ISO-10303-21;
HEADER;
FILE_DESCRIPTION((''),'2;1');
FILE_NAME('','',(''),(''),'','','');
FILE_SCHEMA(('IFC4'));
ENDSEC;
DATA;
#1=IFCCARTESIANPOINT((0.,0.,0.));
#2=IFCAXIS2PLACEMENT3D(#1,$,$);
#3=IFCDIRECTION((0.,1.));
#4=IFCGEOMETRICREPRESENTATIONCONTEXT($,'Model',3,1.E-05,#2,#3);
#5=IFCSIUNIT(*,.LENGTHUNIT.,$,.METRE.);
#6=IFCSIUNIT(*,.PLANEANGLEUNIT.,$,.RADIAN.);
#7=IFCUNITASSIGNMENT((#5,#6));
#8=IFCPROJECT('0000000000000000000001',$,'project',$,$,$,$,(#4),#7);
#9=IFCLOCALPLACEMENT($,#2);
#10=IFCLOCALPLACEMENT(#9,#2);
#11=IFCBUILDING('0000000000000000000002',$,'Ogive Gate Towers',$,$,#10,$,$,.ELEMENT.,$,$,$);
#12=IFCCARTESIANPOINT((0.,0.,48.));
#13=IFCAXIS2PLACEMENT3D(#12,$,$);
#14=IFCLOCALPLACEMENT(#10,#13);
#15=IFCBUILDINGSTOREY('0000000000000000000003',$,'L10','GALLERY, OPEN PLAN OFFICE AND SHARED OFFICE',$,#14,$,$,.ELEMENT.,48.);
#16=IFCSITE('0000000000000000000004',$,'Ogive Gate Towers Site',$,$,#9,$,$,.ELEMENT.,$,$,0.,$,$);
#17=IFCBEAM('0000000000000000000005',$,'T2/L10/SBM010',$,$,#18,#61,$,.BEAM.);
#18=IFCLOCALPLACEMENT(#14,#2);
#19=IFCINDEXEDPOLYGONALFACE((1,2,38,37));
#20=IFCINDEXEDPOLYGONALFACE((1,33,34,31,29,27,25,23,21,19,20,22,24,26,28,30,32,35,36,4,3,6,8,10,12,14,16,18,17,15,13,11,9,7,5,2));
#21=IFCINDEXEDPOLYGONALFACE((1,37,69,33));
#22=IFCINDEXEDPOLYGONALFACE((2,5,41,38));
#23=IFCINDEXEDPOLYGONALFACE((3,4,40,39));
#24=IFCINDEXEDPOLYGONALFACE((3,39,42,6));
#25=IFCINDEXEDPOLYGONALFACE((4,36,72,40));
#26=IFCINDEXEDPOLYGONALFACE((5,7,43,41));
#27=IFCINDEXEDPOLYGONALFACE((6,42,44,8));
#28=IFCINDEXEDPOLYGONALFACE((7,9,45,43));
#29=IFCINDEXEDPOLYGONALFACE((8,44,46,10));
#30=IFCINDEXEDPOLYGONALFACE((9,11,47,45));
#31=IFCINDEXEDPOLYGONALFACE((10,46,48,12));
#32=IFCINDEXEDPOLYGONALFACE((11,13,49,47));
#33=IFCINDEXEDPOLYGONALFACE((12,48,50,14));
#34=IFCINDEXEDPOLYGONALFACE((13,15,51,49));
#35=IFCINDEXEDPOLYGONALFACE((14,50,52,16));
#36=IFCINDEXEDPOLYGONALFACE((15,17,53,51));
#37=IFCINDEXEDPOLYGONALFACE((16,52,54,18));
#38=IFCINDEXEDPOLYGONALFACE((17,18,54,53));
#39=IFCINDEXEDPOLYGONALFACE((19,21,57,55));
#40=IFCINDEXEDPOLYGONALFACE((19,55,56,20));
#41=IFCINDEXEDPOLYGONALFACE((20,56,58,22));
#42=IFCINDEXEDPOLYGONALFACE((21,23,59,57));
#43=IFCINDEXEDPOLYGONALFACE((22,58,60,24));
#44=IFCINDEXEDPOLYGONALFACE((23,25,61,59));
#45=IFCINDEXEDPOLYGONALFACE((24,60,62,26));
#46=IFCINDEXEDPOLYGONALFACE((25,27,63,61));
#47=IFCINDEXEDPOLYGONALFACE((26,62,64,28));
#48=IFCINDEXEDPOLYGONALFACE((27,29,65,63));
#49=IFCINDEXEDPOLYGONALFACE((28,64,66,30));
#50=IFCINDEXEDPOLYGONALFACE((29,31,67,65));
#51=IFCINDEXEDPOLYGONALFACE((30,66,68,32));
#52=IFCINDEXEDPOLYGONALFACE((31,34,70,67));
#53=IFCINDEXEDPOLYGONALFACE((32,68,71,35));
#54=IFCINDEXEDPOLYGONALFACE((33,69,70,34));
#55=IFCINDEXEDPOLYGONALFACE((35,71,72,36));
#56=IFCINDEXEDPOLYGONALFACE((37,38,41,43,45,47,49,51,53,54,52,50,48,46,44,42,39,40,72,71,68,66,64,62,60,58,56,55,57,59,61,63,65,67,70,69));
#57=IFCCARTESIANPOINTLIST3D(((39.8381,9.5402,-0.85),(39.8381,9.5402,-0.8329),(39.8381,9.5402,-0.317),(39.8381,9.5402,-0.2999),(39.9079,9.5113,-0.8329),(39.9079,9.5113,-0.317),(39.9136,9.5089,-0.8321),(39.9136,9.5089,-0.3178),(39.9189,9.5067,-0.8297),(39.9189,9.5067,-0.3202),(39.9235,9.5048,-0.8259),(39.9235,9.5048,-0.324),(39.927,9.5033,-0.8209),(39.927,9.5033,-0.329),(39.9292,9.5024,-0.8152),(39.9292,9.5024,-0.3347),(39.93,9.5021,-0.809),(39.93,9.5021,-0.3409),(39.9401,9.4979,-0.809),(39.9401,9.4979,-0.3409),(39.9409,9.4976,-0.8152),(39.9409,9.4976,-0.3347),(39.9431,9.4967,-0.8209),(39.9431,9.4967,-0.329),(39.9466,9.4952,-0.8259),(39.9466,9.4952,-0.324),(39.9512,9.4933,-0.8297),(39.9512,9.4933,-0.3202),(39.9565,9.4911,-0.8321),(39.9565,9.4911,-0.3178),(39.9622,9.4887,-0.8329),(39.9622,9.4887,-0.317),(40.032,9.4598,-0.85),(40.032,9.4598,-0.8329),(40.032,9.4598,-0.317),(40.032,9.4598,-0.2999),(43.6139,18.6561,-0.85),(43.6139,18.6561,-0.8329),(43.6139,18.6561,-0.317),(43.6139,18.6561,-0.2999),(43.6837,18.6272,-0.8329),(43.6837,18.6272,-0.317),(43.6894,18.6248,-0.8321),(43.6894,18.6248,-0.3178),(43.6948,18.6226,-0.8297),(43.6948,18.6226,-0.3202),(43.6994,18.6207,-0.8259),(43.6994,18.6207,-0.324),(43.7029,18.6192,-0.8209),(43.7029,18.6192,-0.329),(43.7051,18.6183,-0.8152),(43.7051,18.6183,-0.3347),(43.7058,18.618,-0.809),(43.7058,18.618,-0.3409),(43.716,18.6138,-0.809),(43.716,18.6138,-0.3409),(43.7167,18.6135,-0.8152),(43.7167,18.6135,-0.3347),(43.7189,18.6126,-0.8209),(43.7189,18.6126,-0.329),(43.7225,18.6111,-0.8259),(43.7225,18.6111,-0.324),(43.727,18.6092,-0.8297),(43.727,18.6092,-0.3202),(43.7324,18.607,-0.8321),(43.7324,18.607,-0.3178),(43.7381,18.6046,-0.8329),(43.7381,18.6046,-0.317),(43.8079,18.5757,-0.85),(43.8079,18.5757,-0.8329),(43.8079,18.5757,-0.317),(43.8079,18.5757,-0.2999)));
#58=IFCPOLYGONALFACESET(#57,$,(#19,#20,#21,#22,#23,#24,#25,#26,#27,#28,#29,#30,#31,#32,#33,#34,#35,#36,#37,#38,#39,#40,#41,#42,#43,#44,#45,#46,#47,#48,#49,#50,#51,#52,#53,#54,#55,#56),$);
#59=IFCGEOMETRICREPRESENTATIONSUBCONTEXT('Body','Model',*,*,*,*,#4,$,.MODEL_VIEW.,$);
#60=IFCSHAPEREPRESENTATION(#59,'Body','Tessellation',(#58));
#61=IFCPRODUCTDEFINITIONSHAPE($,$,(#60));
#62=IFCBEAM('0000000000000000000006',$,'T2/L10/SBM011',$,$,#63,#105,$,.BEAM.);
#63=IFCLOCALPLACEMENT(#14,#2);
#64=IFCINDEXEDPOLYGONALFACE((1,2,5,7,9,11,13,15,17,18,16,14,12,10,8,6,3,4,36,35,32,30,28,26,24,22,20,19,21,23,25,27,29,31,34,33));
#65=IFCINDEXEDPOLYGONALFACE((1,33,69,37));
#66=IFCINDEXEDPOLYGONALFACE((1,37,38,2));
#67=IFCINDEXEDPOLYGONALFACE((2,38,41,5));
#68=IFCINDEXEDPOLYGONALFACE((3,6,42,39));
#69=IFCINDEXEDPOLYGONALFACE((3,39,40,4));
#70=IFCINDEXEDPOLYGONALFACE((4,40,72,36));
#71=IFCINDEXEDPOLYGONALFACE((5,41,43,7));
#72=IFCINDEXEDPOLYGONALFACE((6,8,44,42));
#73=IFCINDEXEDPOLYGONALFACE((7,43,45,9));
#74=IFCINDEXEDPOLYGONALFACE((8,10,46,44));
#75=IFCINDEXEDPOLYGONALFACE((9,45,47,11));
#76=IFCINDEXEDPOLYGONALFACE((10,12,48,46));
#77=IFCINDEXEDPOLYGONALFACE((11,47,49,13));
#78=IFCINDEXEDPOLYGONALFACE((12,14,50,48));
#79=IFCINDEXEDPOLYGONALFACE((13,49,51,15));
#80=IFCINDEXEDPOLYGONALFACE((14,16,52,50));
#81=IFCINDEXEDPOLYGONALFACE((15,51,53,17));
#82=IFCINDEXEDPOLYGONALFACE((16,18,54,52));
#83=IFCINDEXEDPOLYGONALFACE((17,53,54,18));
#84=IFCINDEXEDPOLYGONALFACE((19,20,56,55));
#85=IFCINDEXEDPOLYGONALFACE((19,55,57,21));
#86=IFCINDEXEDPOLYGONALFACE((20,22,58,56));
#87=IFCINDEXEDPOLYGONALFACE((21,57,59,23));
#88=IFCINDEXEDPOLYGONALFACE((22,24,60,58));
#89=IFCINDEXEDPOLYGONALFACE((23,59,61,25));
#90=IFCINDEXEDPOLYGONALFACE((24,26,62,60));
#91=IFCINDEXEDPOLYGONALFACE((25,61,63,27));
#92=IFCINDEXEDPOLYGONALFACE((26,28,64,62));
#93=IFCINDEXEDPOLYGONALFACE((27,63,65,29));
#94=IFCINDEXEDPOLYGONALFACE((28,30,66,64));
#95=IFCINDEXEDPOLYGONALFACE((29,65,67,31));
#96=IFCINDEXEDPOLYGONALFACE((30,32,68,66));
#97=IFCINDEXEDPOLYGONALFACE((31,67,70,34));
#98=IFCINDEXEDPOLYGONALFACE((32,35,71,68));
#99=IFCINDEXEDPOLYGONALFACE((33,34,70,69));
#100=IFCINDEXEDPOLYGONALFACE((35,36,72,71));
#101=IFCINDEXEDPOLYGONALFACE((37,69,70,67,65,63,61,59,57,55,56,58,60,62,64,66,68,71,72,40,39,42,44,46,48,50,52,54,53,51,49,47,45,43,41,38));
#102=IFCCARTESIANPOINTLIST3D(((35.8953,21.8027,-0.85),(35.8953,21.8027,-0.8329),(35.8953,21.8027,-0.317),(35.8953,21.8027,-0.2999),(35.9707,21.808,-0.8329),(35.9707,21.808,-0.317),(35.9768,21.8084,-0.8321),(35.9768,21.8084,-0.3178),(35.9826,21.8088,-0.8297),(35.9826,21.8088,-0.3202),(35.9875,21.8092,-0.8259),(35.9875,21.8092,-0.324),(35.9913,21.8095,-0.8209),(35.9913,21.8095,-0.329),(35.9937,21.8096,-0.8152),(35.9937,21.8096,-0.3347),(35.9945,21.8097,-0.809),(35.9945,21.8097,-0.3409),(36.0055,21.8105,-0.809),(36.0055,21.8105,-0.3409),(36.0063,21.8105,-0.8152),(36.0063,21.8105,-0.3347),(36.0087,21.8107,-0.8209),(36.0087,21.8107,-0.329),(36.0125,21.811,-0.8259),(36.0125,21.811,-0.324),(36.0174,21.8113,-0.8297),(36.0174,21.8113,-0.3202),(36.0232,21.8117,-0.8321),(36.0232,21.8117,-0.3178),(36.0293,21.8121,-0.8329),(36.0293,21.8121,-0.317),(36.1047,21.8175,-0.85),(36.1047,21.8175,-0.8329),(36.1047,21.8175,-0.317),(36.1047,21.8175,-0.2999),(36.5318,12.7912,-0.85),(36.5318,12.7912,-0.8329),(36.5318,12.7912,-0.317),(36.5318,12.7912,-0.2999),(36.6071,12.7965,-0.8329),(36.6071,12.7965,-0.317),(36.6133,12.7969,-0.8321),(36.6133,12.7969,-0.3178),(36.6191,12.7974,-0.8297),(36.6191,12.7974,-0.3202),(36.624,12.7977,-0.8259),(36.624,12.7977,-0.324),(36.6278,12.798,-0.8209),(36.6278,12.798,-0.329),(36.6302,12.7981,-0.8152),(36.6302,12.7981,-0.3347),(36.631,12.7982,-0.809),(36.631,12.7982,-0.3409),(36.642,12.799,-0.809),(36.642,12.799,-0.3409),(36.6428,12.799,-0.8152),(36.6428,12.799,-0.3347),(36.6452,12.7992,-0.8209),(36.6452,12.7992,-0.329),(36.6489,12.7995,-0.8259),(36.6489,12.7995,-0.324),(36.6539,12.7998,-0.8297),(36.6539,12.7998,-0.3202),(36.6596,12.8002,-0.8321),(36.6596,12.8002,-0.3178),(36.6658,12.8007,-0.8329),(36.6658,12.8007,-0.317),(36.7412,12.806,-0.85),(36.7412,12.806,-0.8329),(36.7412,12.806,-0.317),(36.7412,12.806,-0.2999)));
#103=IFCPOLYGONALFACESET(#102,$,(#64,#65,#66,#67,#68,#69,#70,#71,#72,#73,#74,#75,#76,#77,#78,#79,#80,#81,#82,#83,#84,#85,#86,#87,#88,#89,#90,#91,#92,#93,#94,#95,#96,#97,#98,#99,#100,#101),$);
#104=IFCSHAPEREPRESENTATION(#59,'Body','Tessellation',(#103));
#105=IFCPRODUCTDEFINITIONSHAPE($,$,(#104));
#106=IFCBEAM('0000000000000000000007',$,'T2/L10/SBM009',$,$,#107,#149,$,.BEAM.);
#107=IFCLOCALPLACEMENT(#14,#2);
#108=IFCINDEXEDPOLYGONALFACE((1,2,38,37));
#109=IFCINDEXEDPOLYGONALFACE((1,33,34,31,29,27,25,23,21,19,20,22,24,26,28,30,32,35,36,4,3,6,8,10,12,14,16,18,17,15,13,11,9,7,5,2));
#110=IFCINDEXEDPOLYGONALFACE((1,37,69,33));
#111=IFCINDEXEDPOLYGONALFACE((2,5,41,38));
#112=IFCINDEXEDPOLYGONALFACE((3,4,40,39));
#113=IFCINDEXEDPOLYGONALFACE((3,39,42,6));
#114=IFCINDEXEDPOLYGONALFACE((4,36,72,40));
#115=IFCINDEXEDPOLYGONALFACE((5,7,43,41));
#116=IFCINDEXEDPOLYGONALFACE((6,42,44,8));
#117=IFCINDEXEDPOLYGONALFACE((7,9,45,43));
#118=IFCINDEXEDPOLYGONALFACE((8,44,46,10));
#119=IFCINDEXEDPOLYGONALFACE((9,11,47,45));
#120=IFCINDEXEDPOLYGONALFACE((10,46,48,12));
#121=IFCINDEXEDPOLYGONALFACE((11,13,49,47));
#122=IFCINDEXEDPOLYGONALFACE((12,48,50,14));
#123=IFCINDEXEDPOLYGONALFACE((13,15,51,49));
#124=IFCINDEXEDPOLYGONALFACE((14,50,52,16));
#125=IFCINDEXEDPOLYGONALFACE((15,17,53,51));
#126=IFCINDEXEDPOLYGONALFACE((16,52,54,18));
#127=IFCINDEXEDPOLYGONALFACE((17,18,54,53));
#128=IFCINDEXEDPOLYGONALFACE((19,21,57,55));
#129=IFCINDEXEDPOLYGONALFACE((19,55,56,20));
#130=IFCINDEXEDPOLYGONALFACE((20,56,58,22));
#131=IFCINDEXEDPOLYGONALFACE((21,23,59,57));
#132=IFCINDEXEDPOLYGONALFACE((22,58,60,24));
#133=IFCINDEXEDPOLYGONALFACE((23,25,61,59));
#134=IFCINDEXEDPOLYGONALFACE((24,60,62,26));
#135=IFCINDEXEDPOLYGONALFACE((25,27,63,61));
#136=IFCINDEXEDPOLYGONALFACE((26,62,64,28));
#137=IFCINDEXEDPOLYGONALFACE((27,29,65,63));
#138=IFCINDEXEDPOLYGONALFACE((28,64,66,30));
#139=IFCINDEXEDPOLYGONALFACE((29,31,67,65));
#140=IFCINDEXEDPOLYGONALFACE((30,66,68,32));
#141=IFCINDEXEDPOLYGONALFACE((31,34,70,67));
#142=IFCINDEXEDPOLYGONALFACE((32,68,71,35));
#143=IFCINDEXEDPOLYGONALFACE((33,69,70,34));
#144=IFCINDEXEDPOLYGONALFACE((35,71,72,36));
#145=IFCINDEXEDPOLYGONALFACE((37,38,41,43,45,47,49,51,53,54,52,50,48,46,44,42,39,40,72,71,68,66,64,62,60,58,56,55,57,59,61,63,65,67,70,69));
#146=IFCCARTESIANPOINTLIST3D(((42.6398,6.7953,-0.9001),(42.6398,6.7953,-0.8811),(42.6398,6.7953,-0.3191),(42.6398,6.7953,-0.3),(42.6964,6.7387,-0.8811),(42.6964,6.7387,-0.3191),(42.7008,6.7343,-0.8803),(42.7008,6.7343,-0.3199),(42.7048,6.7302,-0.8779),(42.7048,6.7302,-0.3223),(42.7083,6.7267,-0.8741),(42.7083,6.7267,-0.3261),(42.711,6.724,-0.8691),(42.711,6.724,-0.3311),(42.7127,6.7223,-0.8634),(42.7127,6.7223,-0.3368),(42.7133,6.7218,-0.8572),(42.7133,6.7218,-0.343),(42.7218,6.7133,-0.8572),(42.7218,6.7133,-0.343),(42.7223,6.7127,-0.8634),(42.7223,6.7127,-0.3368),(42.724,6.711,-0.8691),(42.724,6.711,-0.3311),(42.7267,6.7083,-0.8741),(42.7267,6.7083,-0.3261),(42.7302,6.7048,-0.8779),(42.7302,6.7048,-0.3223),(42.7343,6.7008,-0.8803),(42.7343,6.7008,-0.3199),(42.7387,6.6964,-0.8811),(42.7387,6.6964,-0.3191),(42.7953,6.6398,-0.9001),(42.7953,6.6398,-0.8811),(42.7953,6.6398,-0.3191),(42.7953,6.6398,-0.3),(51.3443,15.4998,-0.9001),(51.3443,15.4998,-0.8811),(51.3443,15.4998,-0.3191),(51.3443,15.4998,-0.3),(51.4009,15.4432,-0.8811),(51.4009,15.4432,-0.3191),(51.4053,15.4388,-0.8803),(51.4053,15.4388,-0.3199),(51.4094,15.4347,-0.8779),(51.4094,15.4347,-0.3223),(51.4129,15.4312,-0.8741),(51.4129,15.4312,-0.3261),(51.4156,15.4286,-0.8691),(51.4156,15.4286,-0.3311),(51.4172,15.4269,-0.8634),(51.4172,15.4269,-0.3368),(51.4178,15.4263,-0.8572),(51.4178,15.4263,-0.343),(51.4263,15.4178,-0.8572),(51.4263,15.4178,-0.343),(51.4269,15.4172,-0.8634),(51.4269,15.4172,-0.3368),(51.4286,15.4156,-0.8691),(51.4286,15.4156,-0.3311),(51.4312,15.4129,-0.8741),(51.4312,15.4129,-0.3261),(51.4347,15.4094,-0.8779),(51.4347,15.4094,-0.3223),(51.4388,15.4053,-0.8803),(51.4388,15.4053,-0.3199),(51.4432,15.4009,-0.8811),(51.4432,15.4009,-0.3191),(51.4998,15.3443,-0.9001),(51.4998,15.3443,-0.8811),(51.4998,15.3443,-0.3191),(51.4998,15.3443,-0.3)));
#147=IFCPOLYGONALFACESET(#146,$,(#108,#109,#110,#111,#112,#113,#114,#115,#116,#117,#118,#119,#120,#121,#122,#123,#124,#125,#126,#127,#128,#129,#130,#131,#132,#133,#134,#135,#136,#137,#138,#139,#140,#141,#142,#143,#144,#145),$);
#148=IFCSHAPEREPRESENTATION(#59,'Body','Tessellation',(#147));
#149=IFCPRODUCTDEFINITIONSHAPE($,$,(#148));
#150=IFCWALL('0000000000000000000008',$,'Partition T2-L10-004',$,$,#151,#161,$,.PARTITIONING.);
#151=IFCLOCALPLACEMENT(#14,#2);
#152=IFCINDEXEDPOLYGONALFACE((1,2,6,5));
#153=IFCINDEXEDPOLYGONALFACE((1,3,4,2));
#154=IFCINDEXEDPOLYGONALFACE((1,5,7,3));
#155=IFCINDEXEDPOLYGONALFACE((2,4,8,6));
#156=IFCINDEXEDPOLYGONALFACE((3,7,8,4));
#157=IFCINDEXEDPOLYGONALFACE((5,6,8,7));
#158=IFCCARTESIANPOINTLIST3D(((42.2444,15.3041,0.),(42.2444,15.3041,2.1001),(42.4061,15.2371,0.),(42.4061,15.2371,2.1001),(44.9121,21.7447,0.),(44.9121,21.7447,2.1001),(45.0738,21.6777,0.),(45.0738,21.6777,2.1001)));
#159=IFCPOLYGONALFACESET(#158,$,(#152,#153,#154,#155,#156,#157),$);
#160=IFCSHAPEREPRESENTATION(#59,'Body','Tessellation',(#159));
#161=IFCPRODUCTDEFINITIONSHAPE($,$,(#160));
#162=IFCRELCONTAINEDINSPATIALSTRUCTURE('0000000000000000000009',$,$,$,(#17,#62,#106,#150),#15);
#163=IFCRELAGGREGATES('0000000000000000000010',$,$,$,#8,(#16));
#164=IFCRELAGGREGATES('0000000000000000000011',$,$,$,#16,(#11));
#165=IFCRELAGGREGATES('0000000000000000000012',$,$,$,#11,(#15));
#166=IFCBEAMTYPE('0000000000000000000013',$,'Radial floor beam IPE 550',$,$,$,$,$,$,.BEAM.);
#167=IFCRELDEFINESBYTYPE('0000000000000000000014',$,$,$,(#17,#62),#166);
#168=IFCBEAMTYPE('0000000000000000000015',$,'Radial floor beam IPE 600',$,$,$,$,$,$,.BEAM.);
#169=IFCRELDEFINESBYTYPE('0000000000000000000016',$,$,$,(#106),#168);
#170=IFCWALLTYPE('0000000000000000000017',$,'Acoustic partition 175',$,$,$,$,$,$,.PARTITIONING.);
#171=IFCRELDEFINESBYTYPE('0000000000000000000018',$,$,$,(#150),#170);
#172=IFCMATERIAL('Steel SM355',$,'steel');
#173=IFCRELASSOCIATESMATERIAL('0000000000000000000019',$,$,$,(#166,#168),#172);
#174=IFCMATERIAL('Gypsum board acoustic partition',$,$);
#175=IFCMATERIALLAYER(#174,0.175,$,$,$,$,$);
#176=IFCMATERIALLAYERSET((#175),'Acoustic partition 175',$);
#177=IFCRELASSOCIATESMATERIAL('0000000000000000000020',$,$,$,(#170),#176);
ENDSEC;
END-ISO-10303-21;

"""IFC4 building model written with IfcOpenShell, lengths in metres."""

from ifc_helpers import new_model, si_unit, direction, frame, frame_2d, origin, origin_2d, place, context, subcontext, project, spatial, rectangle, i_section, extrude, material, layer, layer_set, material_profile, profile_set, type_object, element, save


model = new_model("IFC4")

# Units and contexts
model_context = context("Model", 3, precision=1e-05, world=origin(), true_north=direction((0.0, 1.0)))
body_context = subcontext(model_context, "Body", "Model", "MODEL_VIEW")
ifc_project = project(units=[si_unit("LENGTHUNIT", "METRE"), si_unit("PLANEANGLEUNIT", "RADIAN")], contexts=[model_context])

# Site, building, storey
site_placement = place(None, origin())
site = spatial("IfcSite", under=ifc_project, at=site_placement, Name="Ogive Gate Towers Site", CompositionType="ELEMENT", RefElevation=0.0)
building_placement = place(site_placement, origin())
building = spatial("IfcBuilding", under=site, at=building_placement, Name="Ogive Gate Towers", CompositionType="ELEMENT")
storey_placement = place(building_placement, frame((0.0, 0.0, 48.0)))
storey = spatial("IfcBuildingStorey", under=building, at=storey_placement, Name="L10", Description="GALLERY, OPEN PLAN OFFICE AND SHARED OFFICE", CompositionType="ELEMENT", Elevation=48.0)

# Beams
ifc_material_1 = material(Name="Steel SM355", Category="steel")
ifc_material_profile_1 = material_profile(ifc_material_1, i_section(OverallWidth=0.21, OverallDepth=0.55, WebThickness=0.011, FlangeThickness=0.0171, FilletRadius=0.0239, at=origin_2d()), Name="IPE 550")
ifc_profile_set_1 = profile_set([ifc_material_profile_1], Name="Steel SM355")
beam_type_1 = type_object("IfcBeamType", Name="Radial floor beam IPE 550", PredefinedType="BEAM", material=ifc_profile_set_1)
for number, where, z_axis, x_axis, name in (
    (1, (39.9351, 9.5, -0.575), (0.382677, 0.923882, 0.0), (-0.923882, 0.382677, 0.0), "T2/L10/SBM010"),
):
    element("IfcBeam", number, at=place(storey_placement, frame(where, z_axis=z_axis, x_axis=x_axis)), inside=storey, type_object=beam_type_1, Name=name, PredefinedType="BEAM", context=body_context, shape_type="SweptSolid", body=[
        extrude(i_section(OverallWidth=0.21, OverallDepth=0.55, WebThickness=0.011, FlangeThickness=0.0171, FilletRadius=0.0239, at=origin_2d()), origin(), (0.0, 0.0, 1.0), 9.8669),
    ])
beam_1_placement = place(storey_placement, frame((36.6365, 12.7986, -0.575), z_axis=(-0.070454, 0.997515, 0.0), x_axis=(-0.997515, -0.070454, 0.0)))
element("IfcBeam", 2, at=beam_1_placement, inside=storey, type_object=beam_type_1, Name="T2/L10/SBM011", PredefinedType="BEAM", context=body_context, shape_type="SweptSolid", body=[
    extrude(i_section(OverallWidth=0.21, OverallDepth=0.55, WebThickness=0.011, FlangeThickness=0.0171, FilletRadius=0.0239, at=origin_2d()), origin(), (0.0, 0.0, 1.0), 9.0339),
])
ifc_material_profile_2 = material_profile(ifc_material_1, i_section(OverallWidth=0.22, OverallDepth=0.6001, WebThickness=0.012, FlangeThickness=0.019, FilletRadius=0.0239, at=origin_2d()), Name="IPE 600")
ifc_profile_set_2 = profile_set([ifc_material_profile_2], Name="Steel SM355")
beam_type_2 = type_object("IfcBeamType", Name="Radial floor beam IPE 600", PredefinedType="BEAM", material=ifc_profile_set_2)
beam_2_placement = place(storey_placement, frame((42.7175, 6.7175, -0.6001), z_axis=(0.707107, 0.707107, 0.0), x_axis=(-0.707107, 0.707107, 0.0)))
element("IfcBeam", 3, at=beam_2_placement, inside=storey, type_object=beam_type_2, Name="T2/L10/SBM009", PredefinedType="BEAM", context=body_context, shape_type="SweptSolid", body=[
    extrude(i_section(OverallWidth=0.22, OverallDepth=0.6001, WebThickness=0.012, FlangeThickness=0.019, FilletRadius=0.0239, at=origin_2d()), origin(), (0.0, 0.0, 1.0), 12.3101),
])

# Wall
ifc_material_2 = material(Name="Gypsum board acoustic partition")
ifc_layer_1 = layer(ifc_material_2, 0.175)
ifc_layer_set_1 = layer_set([ifc_layer_1], Name="Acoustic partition 175")
wall_type_1 = type_object("IfcWallType", Name="Acoustic partition 175", PredefinedType="PARTITIONING", material=ifc_layer_set_1)
wall_1_placement = place(storey_placement, frame((44.9929, 21.7112, 0.0), z_axis=(0.0, 0.0, 1.0), x_axis=(-0.382672, -0.923884, 0.0)))
element("IfcWall", 4, at=wall_1_placement, inside=storey, type_object=wall_type_1, Name="Partition T2-L10-004", PredefinedType="PARTITIONING", context=body_context, shape_type="SweptSolid", body=[
    extrude(rectangle(XDim=6.9712, YDim=0.175, at=frame_2d((3.4856, 0.0))), origin(), (0.0, 0.0, 1.0), 2.1001),
])

save(model, "model.ifc")
